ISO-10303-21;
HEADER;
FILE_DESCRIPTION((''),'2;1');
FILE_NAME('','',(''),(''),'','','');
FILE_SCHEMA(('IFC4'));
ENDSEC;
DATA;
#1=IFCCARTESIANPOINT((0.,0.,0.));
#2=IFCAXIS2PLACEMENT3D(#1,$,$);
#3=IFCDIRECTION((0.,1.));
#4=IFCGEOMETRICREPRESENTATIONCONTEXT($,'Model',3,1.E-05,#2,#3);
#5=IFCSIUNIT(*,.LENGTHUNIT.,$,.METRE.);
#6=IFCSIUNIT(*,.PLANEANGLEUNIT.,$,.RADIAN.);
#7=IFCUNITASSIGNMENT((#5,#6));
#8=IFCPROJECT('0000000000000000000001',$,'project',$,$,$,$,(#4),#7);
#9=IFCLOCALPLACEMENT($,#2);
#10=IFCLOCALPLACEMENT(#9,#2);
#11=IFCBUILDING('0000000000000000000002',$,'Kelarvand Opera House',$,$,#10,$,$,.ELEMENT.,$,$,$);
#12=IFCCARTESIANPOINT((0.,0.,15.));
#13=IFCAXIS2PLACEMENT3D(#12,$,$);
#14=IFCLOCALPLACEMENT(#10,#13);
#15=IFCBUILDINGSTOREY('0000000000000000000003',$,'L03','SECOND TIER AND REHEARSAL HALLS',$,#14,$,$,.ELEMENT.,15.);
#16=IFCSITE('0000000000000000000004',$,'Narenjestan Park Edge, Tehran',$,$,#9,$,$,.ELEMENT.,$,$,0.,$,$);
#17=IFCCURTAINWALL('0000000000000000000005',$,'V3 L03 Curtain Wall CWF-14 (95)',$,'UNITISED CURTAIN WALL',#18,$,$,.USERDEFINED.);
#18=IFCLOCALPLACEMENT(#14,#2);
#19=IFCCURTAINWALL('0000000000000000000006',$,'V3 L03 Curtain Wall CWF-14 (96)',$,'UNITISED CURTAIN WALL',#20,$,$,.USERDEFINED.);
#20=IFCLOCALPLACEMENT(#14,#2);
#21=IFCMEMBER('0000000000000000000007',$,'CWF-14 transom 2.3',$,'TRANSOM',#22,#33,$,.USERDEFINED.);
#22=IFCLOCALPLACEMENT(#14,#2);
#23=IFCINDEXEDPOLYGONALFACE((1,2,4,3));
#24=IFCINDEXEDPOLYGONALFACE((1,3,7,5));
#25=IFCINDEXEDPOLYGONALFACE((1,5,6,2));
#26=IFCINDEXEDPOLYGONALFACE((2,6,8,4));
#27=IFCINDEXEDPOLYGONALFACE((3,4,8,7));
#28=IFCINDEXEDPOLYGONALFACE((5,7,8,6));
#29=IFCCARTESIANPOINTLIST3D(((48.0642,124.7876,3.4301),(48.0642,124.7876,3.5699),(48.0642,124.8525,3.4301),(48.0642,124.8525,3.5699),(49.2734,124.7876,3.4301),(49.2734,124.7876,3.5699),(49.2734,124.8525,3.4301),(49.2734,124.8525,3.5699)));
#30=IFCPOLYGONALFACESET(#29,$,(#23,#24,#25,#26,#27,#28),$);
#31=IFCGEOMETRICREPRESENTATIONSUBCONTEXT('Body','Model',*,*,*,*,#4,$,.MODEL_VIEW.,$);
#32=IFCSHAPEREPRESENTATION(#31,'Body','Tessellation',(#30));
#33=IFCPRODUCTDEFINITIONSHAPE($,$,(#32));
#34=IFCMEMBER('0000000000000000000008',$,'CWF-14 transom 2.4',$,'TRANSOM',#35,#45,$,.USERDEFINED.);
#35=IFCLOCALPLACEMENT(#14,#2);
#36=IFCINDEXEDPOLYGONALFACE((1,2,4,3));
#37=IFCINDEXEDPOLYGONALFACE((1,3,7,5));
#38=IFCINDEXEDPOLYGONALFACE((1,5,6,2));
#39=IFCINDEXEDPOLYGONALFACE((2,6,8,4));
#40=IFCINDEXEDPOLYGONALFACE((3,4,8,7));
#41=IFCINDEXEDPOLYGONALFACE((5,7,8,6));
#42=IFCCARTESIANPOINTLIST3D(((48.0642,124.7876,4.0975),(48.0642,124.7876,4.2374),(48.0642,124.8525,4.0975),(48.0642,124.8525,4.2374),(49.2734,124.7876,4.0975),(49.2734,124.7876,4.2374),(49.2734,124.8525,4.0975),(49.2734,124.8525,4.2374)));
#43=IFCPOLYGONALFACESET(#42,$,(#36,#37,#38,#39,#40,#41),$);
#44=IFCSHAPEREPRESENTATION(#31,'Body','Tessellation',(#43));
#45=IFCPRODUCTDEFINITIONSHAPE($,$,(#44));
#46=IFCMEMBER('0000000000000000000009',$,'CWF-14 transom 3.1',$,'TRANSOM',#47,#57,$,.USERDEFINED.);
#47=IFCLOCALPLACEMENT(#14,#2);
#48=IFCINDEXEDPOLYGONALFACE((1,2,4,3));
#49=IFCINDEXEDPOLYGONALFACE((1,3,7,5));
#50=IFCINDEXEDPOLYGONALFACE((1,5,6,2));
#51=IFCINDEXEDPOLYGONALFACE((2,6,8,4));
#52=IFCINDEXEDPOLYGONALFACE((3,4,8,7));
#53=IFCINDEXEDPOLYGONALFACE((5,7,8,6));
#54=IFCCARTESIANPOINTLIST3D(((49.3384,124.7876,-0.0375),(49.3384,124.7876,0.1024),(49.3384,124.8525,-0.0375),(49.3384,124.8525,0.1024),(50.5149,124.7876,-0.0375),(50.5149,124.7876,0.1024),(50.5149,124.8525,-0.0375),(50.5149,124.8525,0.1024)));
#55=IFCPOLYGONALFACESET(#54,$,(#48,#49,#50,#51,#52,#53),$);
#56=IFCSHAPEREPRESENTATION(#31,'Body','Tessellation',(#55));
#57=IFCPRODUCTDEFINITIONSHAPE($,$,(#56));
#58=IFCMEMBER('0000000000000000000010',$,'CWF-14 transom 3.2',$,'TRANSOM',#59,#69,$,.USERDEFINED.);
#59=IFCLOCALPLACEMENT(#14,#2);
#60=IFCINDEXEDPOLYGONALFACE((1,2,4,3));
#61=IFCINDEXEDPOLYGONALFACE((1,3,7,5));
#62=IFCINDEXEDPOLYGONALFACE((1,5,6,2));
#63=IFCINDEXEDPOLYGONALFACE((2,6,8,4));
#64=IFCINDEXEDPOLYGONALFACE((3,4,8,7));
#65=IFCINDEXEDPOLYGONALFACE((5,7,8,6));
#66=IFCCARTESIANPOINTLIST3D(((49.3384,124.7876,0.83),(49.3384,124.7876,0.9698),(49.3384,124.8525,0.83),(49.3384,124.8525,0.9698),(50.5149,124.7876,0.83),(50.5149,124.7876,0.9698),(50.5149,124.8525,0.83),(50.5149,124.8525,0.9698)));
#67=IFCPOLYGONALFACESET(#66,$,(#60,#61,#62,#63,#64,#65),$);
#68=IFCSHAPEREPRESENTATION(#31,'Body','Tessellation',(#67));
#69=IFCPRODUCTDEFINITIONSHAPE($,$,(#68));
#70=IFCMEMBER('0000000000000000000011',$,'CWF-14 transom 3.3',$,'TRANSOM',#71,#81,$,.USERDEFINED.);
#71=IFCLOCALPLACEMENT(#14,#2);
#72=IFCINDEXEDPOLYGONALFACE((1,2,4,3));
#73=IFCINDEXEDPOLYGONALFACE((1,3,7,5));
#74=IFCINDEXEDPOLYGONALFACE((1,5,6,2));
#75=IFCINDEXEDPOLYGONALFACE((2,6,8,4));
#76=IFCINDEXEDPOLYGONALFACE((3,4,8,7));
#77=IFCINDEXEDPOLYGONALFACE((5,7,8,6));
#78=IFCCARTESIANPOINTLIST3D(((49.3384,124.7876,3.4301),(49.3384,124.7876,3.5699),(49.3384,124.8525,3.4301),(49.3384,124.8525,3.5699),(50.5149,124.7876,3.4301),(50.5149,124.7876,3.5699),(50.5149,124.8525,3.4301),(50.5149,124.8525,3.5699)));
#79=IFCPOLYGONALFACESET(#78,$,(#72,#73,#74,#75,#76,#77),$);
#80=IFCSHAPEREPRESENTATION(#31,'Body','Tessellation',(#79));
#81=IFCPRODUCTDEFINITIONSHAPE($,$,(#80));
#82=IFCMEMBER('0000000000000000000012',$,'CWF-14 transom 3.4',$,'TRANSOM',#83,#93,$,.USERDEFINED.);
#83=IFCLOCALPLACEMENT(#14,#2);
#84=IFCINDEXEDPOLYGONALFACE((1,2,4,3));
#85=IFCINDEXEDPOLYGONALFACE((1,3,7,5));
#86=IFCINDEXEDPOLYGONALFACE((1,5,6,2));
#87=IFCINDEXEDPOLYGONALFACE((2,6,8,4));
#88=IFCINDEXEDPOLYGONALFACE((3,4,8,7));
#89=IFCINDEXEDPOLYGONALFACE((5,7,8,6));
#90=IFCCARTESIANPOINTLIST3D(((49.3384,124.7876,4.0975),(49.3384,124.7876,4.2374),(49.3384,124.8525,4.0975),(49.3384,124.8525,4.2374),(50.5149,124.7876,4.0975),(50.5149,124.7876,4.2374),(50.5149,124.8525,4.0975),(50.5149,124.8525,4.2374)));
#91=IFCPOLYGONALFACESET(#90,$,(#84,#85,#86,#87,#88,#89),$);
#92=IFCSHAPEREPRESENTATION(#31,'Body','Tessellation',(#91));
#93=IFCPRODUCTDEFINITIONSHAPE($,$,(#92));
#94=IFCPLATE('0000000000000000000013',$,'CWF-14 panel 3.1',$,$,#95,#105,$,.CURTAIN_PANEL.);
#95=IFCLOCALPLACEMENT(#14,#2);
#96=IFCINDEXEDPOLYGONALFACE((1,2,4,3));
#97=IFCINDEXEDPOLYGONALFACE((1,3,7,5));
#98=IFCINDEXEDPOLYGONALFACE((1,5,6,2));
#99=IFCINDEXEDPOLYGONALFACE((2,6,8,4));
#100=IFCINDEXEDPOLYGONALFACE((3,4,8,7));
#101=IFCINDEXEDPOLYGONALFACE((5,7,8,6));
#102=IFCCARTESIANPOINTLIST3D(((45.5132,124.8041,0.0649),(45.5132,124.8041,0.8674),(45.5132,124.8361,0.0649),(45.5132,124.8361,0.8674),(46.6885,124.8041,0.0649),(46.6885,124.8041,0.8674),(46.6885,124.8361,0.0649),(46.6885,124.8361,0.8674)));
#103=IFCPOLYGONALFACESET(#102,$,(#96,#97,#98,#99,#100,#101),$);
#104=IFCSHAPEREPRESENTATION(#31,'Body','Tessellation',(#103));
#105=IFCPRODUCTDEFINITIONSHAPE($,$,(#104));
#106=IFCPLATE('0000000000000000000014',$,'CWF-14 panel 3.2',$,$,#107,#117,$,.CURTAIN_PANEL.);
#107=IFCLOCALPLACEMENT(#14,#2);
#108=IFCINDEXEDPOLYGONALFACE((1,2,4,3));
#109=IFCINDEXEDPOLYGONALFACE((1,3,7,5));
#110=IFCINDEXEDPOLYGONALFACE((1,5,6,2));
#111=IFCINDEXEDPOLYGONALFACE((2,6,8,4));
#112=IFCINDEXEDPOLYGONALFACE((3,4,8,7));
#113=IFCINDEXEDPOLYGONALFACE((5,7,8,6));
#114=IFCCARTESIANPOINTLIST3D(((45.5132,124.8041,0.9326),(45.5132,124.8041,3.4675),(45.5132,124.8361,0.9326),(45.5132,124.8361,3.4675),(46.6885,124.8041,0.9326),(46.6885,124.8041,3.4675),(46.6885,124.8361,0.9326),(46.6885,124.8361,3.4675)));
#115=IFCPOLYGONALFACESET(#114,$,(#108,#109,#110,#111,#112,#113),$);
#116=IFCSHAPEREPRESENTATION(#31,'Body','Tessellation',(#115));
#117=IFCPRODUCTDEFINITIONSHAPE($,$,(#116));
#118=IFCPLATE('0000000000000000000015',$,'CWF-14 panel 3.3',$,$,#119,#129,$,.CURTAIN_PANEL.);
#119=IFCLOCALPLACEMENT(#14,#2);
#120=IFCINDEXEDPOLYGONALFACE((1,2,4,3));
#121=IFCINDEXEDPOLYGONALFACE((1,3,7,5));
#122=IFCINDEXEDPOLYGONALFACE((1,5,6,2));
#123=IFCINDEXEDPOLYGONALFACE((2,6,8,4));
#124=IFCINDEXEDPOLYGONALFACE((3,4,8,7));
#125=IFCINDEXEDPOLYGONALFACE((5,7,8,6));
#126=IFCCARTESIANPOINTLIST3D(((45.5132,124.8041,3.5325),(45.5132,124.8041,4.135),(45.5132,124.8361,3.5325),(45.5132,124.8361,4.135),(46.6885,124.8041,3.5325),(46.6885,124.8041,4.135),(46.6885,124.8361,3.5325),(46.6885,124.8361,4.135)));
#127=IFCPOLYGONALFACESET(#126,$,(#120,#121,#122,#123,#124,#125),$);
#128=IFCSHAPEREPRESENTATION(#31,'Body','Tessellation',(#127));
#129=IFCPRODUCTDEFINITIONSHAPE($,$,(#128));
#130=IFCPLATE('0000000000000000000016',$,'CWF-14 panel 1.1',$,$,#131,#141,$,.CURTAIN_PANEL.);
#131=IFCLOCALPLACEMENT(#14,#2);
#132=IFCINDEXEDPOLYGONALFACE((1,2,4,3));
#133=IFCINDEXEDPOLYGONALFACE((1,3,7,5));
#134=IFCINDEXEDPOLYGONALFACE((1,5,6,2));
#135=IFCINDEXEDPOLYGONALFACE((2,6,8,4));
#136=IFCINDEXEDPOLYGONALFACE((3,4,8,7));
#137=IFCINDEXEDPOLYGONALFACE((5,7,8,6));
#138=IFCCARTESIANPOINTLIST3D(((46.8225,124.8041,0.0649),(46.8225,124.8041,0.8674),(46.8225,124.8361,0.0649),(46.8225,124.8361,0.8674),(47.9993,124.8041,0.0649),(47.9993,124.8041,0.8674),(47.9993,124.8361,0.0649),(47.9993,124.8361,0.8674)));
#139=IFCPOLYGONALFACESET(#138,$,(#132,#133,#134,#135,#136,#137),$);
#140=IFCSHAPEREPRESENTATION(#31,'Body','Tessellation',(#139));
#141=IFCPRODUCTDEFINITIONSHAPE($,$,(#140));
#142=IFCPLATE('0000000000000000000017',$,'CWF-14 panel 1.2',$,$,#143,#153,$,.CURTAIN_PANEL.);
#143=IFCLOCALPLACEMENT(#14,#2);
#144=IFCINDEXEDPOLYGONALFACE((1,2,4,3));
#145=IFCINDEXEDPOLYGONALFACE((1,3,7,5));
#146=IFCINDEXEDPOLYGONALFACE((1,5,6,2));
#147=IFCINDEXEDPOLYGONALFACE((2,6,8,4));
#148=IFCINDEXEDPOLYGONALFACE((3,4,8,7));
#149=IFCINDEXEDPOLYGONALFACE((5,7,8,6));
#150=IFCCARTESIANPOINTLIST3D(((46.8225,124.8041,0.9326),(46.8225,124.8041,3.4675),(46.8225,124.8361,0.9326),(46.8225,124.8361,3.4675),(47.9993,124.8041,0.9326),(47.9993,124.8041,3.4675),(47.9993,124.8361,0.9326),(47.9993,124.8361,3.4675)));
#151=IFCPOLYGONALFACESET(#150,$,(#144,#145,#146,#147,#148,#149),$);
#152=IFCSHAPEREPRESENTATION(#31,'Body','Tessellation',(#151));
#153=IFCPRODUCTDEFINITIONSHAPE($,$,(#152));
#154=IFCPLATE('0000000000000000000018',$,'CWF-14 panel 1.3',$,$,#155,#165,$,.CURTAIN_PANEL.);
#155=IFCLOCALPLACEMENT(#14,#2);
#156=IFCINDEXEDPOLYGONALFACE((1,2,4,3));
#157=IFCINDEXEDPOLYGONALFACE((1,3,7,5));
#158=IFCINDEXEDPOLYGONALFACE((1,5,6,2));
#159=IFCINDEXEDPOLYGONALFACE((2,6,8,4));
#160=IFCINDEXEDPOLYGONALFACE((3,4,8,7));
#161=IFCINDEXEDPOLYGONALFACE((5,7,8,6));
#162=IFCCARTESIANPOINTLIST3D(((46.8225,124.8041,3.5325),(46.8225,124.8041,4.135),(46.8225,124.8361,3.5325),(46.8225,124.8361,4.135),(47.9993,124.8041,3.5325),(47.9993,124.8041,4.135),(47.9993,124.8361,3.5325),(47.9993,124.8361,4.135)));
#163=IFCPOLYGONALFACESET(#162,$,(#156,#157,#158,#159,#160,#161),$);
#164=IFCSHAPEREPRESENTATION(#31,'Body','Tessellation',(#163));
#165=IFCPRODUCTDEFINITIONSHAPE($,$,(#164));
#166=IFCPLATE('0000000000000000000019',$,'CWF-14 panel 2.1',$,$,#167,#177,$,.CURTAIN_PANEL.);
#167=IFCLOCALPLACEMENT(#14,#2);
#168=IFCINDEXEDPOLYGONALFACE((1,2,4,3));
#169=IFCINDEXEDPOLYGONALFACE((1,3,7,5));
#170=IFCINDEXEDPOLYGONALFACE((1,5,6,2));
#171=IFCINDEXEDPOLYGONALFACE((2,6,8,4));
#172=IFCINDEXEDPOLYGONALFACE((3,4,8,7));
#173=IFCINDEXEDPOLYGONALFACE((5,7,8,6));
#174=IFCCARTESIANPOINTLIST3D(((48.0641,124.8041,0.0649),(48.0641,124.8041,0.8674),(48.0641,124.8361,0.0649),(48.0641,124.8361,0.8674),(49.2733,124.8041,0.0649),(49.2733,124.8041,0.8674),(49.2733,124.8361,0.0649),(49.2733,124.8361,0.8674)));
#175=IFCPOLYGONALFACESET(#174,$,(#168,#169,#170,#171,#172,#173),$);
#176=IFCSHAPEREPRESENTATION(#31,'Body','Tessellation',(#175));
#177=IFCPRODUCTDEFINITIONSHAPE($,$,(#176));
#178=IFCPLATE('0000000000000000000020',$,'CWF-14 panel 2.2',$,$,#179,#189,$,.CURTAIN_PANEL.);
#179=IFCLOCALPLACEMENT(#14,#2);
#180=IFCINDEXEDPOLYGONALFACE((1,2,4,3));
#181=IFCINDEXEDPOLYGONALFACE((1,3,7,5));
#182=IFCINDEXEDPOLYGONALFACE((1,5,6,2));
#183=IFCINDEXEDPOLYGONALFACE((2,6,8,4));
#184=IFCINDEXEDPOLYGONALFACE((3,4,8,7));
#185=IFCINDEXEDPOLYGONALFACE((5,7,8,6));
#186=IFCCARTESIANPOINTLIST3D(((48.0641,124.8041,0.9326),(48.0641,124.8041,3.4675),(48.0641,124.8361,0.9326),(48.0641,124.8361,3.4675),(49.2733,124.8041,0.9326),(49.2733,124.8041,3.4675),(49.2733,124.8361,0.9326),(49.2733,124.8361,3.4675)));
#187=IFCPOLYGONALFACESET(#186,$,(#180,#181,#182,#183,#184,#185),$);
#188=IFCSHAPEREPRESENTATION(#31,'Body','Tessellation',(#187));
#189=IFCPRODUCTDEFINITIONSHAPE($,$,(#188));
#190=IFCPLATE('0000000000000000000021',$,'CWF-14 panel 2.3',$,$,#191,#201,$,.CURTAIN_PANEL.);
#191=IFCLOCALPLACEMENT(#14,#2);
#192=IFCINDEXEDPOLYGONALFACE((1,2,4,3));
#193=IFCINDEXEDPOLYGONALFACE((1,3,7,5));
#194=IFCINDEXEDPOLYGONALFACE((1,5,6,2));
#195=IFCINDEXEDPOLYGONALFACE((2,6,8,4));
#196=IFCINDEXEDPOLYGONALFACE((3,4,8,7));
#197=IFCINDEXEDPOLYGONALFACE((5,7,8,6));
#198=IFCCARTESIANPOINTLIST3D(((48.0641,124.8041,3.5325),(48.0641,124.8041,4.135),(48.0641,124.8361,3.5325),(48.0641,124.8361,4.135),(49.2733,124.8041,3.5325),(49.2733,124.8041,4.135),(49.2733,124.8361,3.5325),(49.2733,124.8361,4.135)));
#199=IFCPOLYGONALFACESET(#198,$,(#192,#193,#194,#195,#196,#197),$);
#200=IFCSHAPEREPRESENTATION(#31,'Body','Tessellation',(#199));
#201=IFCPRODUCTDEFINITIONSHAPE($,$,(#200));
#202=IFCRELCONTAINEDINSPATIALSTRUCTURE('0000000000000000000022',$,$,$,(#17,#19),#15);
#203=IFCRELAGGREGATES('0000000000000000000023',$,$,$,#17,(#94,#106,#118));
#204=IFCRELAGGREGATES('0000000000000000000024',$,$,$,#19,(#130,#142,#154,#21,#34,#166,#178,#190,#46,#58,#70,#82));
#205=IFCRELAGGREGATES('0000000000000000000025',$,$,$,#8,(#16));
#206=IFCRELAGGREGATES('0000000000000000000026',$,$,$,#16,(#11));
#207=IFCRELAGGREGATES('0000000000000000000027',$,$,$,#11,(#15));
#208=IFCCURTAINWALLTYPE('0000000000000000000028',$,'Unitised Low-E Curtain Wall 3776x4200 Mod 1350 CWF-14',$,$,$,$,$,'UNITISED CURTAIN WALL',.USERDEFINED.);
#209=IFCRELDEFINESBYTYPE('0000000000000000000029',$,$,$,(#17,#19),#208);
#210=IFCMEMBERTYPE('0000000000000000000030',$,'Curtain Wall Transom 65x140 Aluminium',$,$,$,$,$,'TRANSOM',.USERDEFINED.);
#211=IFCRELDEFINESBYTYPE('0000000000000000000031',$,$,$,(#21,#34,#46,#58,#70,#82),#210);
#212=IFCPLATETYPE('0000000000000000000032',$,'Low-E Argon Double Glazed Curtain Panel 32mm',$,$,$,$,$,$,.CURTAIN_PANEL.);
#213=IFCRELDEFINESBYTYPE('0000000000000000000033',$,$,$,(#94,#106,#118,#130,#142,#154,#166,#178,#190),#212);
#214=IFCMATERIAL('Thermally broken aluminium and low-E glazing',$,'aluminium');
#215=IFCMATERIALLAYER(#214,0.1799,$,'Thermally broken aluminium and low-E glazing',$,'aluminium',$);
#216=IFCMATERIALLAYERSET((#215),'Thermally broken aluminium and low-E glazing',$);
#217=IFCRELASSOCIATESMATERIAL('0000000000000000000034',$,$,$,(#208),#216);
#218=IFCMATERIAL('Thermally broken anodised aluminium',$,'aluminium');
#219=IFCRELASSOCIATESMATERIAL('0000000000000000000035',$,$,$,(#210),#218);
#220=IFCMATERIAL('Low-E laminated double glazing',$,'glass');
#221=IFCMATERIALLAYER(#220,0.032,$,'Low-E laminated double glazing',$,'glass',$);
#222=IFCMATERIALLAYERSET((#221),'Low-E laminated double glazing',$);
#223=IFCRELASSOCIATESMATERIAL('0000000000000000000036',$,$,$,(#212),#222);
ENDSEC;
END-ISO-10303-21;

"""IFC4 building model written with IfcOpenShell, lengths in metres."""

from ifc_helpers import new_model, si_unit, direction, frame, origin, origin_2d, place, context, subcontext, project, spatial, rectangle, extrude, material, layer, layer_set, material_profile, profile_set, type_object, element, aggregate, save


model = new_model("IFC4")

# Units and contexts
model_context = context("Model", 3, precision=1e-05, world=origin(), true_north=direction((0.0, 1.0)))
body_context = subcontext(model_context, "Body", "Model", "MODEL_VIEW")
ifc_project = project(units=[si_unit("LENGTHUNIT", "METRE"), si_unit("PLANEANGLEUNIT", "RADIAN")], contexts=[model_context])

# Site, building, storey
site_placement = place(None, origin())
site = spatial("IfcSite", under=ifc_project, at=site_placement, Name="Narenjestan Park Edge, Tehran", CompositionType="ELEMENT", RefElevation=0.0)
building_placement = place(site_placement, origin())
building = spatial("IfcBuilding", under=site, at=building_placement, Name="Kelarvand Opera House", CompositionType="ELEMENT")
storey_placement = place(building_placement, frame((0.0, 0.0, 15.0)))
storey = spatial("IfcBuildingStorey", under=building, at=storey_placement, Name="L03", Description="SECOND TIER AND REHEARSAL HALLS", CompositionType="ELEMENT", Elevation=15.0)

# Curtain wall
ifc_material_1 = material(Name="Thermally broken aluminium and low-E glazing", Category="aluminium")
ifc_layer_1 = layer(ifc_material_1, 0.1799, Name="Thermally broken aluminium and low-E glazing", Category="aluminium")
ifc_layer_set_1 = layer_set([ifc_layer_1], Name="Thermally broken aluminium and low-E glazing")
curtain_wall_type = type_object("IfcCurtainWallType", Name="Unitised Low-E Curtain Wall 3776x4200 Mod 1350 CWF-14", ElementType="UNITISED CURTAIN WALL", PredefinedType="USERDEFINED", material=ifc_layer_set_1)
curtain_wall_1_placement = place(storey_placement, origin())
curtain_wall_1 = element("IfcCurtainWall", 1, at=curtain_wall_1_placement, inside=storey, type_object=curtain_wall_type, Name="V3 L03 Curtain Wall CWF-14 (95)", ObjectType="UNITISED CURTAIN WALL", PredefinedType="USERDEFINED")
ifc_material_2 = material(Name="Thermally broken anodised aluminium", Category="aluminium")

# Curtain wall
curtain_wall_2_placement = place(storey_placement, origin())
curtain_wall_2 = element("IfcCurtainWall", 2, at=curtain_wall_2_placement, inside=storey, type_object=curtain_wall_type, Name="V3 L03 Curtain Wall CWF-14 (96)", ObjectType="UNITISED CURTAIN WALL", PredefinedType="USERDEFINED")

# Members
ifc_material_profile_1 = material_profile(ifc_material_2, rectangle(XDim=0.0649, YDim=0.1399, at=origin_2d()), Name="ALU TRANSOM 65x140", Category="aluminium")
ifc_profile_set_1 = profile_set([ifc_material_profile_1], Name="Thermally broken anodised aluminium")
member_type_1 = type_object("IfcMemberType", Name="Curtain Wall Transom 65x140 Aluminium", ElementType="TRANSOM", PredefinedType="USERDEFINED", material=ifc_profile_set_1)
member_1_placement = place(storey_placement, frame((48.0642, 124.8201, 3.5), z_axis=(1.0, 0.0, 0.0), x_axis=(0.0, 1.0, 0.0)))
member_1 = element("IfcMember", 3, at=member_1_placement, type_object=member_type_1, Name="CWF-14 transom 2.3", ObjectType="TRANSOM", PredefinedType="USERDEFINED", context=body_context, shape_type="SweptSolid", body=[
    extrude(rectangle(XDim=0.0649, YDim=0.1399, at=origin_2d()), origin(), (0.0, 0.0, 1.0), 1.2092),
])
member_2_placement = place(storey_placement, frame((48.0642, 124.8201, 4.1675), z_axis=(1.0, 0.0, 0.0), x_axis=(0.0, 1.0, 0.0)))
member_2 = element("IfcMember", 4, at=member_2_placement, type_object=member_type_1, Name="CWF-14 transom 2.4", ObjectType="TRANSOM", PredefinedType="USERDEFINED", context=body_context, shape_type="SweptSolid", body=[
    extrude(rectangle(XDim=0.0649, YDim=0.1399, at=origin_2d()), origin(), (0.0, 0.0, 1.0), 1.2092),
])
member_3_placement = place(storey_placement, frame((49.3384, 124.8201, 0.0325), z_axis=(1.0, 0.0, 0.0), x_axis=(0.0, 1.0, 0.0)))
member_3 = element("IfcMember", 5, at=member_3_placement, type_object=member_type_1, Name="CWF-14 transom 3.1", ObjectType="TRANSOM", PredefinedType="USERDEFINED", context=body_context, shape_type="SweptSolid", body=[
    extrude(rectangle(XDim=0.0649, YDim=0.1399, at=origin_2d()), origin(), (0.0, 0.0, 1.0), 1.1765),
])
member_4_placement = place(storey_placement, frame((49.3384, 124.8201, 0.8999), z_axis=(1.0, 0.0, 0.0), x_axis=(0.0, 1.0, 0.0)))
member_4 = element("IfcMember", 6, at=member_4_placement, type_object=member_type_1, Name="CWF-14 transom 3.2", ObjectType="TRANSOM", PredefinedType="USERDEFINED", context=body_context, shape_type="SweptSolid", body=[
    extrude(rectangle(XDim=0.0649, YDim=0.1399, at=origin_2d()), origin(), (0.0, 0.0, 1.0), 1.1765),
])
member_5_placement = place(storey_placement, frame((49.3384, 124.8201, 3.5), z_axis=(1.0, 0.0, 0.0), x_axis=(0.0, 1.0, 0.0)))
member_5 = element("IfcMember", 7, at=member_5_placement, type_object=member_type_1, Name="CWF-14 transom 3.3", ObjectType="TRANSOM", PredefinedType="USERDEFINED", context=body_context, shape_type="SweptSolid", body=[
    extrude(rectangle(XDim=0.0649, YDim=0.1399, at=origin_2d()), origin(), (0.0, 0.0, 1.0), 1.1765),
])
member_6_placement = place(storey_placement, frame((49.3384, 124.8201, 4.1675), z_axis=(1.0, 0.0, 0.0), x_axis=(0.0, 1.0, 0.0)))
member_6 = element("IfcMember", 8, at=member_6_placement, type_object=member_type_1, Name="CWF-14 transom 3.4", ObjectType="TRANSOM", PredefinedType="USERDEFINED", context=body_context, shape_type="SweptSolid", body=[
    extrude(rectangle(XDim=0.0649, YDim=0.1399, at=origin_2d()), origin(), (0.0, 0.0, 1.0), 1.1765),
])

# Plates
ifc_material_3 = material(Name="Low-E laminated double glazing", Category="glass")
ifc_layer_2 = layer(ifc_material_3, 0.032, Name="Low-E laminated double glazing", Category="glass")
ifc_layer_set_2 = layer_set([ifc_layer_2], Name="Low-E laminated double glazing")
plate_type = type_object("IfcPlateType", Name="Low-E Argon Double Glazed Curtain Panel 32mm", PredefinedType="CURTAIN_PANEL", material=ifc_layer_set_2)
plate_1_placement = place(storey_placement, frame((46.1008, 124.8201, 0.0649), z_axis=(0.0, 0.0, 1.0), x_axis=(1.0, 0.0, 0.0)))
plate_1 = element("IfcPlate", 9, at=plate_1_placement, type_object=plate_type, Name="CWF-14 panel 3.1", PredefinedType="CURTAIN_PANEL", context=body_context, shape_type="SweptSolid", body=[
    extrude(rectangle(XDim=1.1753, YDim=0.032, at=origin_2d()), origin(), (0.0, 0.0, 1.0), 0.8025),
])
plate_2_placement = place(storey_placement, frame((46.1008, 124.8201, 0.9326), z_axis=(0.0, 0.0, 1.0), x_axis=(1.0, 0.0, 0.0)))
plate_2 = element("IfcPlate", 10, at=plate_2_placement, type_object=plate_type, Name="CWF-14 panel 3.2", PredefinedType="CURTAIN_PANEL", context=body_context, shape_type="SweptSolid", body=[
    extrude(rectangle(XDim=1.1753, YDim=0.032, at=origin_2d()), origin(), (0.0, 0.0, 1.0), 2.5349),
])
plate_3_placement = place(storey_placement, frame((46.1008, 124.8201, 3.5325), z_axis=(0.0, 0.0, 1.0), x_axis=(1.0, 0.0, 0.0)))
plate_3 = element("IfcPlate", 11, at=plate_3_placement, type_object=plate_type, Name="CWF-14 panel 3.3", PredefinedType="CURTAIN_PANEL", context=body_context, shape_type="SweptSolid", body=[
    extrude(rectangle(XDim=1.1753, YDim=0.032, at=origin_2d()), origin(), (0.0, 0.0, 1.0), 0.6025),
])
aggregate(curtain_wall_1, [plate_1, plate_2, plate_3])
plate_4_placement = place(storey_placement, frame((47.4109, 124.8201, 0.0649), z_axis=(0.0, 0.0, 1.0), x_axis=(1.0, 0.0, 0.0)))
plate_4 = element("IfcPlate", 12, at=plate_4_placement, type_object=plate_type, Name="CWF-14 panel 1.1", PredefinedType="CURTAIN_PANEL", context=body_context, shape_type="SweptSolid", body=[
    extrude(rectangle(XDim=1.1768, YDim=0.032, at=origin_2d()), origin(), (0.0, 0.0, 1.0), 0.8025),
])
plate_5_placement = place(storey_placement, frame((47.4109, 124.8201, 0.9326), z_axis=(0.0, 0.0, 1.0), x_axis=(1.0, 0.0, 0.0)))
plate_5 = element("IfcPlate", 13, at=plate_5_placement, type_object=plate_type, Name="CWF-14 panel 1.2", PredefinedType="CURTAIN_PANEL", context=body_context, shape_type="SweptSolid", body=[
    extrude(rectangle(XDim=1.1768, YDim=0.032, at=origin_2d()), origin(), (0.0, 0.0, 1.0), 2.5349),
])
plate_6_placement = place(storey_placement, frame((47.4109, 124.8201, 3.5325), z_axis=(0.0, 0.0, 1.0), x_axis=(1.0, 0.0, 0.0)))
plate_6 = element("IfcPlate", 14, at=plate_6_placement, type_object=plate_type, Name="CWF-14 panel 1.3", PredefinedType="CURTAIN_PANEL", context=body_context, shape_type="SweptSolid", body=[
    extrude(rectangle(XDim=1.1768, YDim=0.032, at=origin_2d()), origin(), (0.0, 0.0, 1.0), 0.6025),
])
plate_7_placement = place(storey_placement, frame((48.6687, 124.8201, 0.0649), z_axis=(0.0, 0.0, 1.0), x_axis=(1.0, 0.0, 0.0)))
plate_7 = element("IfcPlate", 15, at=plate_7_placement, type_object=plate_type, Name="CWF-14 panel 2.1", PredefinedType="CURTAIN_PANEL", context=body_context, shape_type="SweptSolid", body=[
    extrude(rectangle(XDim=1.2092, YDim=0.032, at=origin_2d()), origin(), (0.0, 0.0, 1.0), 0.8025),
])
plate_8_placement = place(storey_placement, frame((48.6687, 124.8201, 0.9326), z_axis=(0.0, 0.0, 1.0), x_axis=(1.0, 0.0, 0.0)))
plate_8 = element("IfcPlate", 16, at=plate_8_placement, type_object=plate_type, Name="CWF-14 panel 2.2", PredefinedType="CURTAIN_PANEL", context=body_context, shape_type="SweptSolid", body=[
    extrude(rectangle(XDim=1.2092, YDim=0.032, at=origin_2d()), origin(), (0.0, 0.0, 1.0), 2.5349),
])
plate_9_placement = place(storey_placement, frame((48.6687, 124.8201, 3.5325), z_axis=(0.0, 0.0, 1.0), x_axis=(1.0, 0.0, 0.0)))
plate_9 = element("IfcPlate", 17, at=plate_9_placement, type_object=plate_type, Name="CWF-14 panel 2.3", PredefinedType="CURTAIN_PANEL", context=body_context, shape_type="SweptSolid", body=[
    extrude(rectangle(XDim=1.2092, YDim=0.032, at=origin_2d()), origin(), (0.0, 0.0, 1.0), 0.6025),
])
aggregate(curtain_wall_2, [plate_4, plate_5, plate_6, member_1, member_2, plate_7, plate_8, plate_9, member_3, member_4, member_5, member_6])

save(model, "model.ifc")
